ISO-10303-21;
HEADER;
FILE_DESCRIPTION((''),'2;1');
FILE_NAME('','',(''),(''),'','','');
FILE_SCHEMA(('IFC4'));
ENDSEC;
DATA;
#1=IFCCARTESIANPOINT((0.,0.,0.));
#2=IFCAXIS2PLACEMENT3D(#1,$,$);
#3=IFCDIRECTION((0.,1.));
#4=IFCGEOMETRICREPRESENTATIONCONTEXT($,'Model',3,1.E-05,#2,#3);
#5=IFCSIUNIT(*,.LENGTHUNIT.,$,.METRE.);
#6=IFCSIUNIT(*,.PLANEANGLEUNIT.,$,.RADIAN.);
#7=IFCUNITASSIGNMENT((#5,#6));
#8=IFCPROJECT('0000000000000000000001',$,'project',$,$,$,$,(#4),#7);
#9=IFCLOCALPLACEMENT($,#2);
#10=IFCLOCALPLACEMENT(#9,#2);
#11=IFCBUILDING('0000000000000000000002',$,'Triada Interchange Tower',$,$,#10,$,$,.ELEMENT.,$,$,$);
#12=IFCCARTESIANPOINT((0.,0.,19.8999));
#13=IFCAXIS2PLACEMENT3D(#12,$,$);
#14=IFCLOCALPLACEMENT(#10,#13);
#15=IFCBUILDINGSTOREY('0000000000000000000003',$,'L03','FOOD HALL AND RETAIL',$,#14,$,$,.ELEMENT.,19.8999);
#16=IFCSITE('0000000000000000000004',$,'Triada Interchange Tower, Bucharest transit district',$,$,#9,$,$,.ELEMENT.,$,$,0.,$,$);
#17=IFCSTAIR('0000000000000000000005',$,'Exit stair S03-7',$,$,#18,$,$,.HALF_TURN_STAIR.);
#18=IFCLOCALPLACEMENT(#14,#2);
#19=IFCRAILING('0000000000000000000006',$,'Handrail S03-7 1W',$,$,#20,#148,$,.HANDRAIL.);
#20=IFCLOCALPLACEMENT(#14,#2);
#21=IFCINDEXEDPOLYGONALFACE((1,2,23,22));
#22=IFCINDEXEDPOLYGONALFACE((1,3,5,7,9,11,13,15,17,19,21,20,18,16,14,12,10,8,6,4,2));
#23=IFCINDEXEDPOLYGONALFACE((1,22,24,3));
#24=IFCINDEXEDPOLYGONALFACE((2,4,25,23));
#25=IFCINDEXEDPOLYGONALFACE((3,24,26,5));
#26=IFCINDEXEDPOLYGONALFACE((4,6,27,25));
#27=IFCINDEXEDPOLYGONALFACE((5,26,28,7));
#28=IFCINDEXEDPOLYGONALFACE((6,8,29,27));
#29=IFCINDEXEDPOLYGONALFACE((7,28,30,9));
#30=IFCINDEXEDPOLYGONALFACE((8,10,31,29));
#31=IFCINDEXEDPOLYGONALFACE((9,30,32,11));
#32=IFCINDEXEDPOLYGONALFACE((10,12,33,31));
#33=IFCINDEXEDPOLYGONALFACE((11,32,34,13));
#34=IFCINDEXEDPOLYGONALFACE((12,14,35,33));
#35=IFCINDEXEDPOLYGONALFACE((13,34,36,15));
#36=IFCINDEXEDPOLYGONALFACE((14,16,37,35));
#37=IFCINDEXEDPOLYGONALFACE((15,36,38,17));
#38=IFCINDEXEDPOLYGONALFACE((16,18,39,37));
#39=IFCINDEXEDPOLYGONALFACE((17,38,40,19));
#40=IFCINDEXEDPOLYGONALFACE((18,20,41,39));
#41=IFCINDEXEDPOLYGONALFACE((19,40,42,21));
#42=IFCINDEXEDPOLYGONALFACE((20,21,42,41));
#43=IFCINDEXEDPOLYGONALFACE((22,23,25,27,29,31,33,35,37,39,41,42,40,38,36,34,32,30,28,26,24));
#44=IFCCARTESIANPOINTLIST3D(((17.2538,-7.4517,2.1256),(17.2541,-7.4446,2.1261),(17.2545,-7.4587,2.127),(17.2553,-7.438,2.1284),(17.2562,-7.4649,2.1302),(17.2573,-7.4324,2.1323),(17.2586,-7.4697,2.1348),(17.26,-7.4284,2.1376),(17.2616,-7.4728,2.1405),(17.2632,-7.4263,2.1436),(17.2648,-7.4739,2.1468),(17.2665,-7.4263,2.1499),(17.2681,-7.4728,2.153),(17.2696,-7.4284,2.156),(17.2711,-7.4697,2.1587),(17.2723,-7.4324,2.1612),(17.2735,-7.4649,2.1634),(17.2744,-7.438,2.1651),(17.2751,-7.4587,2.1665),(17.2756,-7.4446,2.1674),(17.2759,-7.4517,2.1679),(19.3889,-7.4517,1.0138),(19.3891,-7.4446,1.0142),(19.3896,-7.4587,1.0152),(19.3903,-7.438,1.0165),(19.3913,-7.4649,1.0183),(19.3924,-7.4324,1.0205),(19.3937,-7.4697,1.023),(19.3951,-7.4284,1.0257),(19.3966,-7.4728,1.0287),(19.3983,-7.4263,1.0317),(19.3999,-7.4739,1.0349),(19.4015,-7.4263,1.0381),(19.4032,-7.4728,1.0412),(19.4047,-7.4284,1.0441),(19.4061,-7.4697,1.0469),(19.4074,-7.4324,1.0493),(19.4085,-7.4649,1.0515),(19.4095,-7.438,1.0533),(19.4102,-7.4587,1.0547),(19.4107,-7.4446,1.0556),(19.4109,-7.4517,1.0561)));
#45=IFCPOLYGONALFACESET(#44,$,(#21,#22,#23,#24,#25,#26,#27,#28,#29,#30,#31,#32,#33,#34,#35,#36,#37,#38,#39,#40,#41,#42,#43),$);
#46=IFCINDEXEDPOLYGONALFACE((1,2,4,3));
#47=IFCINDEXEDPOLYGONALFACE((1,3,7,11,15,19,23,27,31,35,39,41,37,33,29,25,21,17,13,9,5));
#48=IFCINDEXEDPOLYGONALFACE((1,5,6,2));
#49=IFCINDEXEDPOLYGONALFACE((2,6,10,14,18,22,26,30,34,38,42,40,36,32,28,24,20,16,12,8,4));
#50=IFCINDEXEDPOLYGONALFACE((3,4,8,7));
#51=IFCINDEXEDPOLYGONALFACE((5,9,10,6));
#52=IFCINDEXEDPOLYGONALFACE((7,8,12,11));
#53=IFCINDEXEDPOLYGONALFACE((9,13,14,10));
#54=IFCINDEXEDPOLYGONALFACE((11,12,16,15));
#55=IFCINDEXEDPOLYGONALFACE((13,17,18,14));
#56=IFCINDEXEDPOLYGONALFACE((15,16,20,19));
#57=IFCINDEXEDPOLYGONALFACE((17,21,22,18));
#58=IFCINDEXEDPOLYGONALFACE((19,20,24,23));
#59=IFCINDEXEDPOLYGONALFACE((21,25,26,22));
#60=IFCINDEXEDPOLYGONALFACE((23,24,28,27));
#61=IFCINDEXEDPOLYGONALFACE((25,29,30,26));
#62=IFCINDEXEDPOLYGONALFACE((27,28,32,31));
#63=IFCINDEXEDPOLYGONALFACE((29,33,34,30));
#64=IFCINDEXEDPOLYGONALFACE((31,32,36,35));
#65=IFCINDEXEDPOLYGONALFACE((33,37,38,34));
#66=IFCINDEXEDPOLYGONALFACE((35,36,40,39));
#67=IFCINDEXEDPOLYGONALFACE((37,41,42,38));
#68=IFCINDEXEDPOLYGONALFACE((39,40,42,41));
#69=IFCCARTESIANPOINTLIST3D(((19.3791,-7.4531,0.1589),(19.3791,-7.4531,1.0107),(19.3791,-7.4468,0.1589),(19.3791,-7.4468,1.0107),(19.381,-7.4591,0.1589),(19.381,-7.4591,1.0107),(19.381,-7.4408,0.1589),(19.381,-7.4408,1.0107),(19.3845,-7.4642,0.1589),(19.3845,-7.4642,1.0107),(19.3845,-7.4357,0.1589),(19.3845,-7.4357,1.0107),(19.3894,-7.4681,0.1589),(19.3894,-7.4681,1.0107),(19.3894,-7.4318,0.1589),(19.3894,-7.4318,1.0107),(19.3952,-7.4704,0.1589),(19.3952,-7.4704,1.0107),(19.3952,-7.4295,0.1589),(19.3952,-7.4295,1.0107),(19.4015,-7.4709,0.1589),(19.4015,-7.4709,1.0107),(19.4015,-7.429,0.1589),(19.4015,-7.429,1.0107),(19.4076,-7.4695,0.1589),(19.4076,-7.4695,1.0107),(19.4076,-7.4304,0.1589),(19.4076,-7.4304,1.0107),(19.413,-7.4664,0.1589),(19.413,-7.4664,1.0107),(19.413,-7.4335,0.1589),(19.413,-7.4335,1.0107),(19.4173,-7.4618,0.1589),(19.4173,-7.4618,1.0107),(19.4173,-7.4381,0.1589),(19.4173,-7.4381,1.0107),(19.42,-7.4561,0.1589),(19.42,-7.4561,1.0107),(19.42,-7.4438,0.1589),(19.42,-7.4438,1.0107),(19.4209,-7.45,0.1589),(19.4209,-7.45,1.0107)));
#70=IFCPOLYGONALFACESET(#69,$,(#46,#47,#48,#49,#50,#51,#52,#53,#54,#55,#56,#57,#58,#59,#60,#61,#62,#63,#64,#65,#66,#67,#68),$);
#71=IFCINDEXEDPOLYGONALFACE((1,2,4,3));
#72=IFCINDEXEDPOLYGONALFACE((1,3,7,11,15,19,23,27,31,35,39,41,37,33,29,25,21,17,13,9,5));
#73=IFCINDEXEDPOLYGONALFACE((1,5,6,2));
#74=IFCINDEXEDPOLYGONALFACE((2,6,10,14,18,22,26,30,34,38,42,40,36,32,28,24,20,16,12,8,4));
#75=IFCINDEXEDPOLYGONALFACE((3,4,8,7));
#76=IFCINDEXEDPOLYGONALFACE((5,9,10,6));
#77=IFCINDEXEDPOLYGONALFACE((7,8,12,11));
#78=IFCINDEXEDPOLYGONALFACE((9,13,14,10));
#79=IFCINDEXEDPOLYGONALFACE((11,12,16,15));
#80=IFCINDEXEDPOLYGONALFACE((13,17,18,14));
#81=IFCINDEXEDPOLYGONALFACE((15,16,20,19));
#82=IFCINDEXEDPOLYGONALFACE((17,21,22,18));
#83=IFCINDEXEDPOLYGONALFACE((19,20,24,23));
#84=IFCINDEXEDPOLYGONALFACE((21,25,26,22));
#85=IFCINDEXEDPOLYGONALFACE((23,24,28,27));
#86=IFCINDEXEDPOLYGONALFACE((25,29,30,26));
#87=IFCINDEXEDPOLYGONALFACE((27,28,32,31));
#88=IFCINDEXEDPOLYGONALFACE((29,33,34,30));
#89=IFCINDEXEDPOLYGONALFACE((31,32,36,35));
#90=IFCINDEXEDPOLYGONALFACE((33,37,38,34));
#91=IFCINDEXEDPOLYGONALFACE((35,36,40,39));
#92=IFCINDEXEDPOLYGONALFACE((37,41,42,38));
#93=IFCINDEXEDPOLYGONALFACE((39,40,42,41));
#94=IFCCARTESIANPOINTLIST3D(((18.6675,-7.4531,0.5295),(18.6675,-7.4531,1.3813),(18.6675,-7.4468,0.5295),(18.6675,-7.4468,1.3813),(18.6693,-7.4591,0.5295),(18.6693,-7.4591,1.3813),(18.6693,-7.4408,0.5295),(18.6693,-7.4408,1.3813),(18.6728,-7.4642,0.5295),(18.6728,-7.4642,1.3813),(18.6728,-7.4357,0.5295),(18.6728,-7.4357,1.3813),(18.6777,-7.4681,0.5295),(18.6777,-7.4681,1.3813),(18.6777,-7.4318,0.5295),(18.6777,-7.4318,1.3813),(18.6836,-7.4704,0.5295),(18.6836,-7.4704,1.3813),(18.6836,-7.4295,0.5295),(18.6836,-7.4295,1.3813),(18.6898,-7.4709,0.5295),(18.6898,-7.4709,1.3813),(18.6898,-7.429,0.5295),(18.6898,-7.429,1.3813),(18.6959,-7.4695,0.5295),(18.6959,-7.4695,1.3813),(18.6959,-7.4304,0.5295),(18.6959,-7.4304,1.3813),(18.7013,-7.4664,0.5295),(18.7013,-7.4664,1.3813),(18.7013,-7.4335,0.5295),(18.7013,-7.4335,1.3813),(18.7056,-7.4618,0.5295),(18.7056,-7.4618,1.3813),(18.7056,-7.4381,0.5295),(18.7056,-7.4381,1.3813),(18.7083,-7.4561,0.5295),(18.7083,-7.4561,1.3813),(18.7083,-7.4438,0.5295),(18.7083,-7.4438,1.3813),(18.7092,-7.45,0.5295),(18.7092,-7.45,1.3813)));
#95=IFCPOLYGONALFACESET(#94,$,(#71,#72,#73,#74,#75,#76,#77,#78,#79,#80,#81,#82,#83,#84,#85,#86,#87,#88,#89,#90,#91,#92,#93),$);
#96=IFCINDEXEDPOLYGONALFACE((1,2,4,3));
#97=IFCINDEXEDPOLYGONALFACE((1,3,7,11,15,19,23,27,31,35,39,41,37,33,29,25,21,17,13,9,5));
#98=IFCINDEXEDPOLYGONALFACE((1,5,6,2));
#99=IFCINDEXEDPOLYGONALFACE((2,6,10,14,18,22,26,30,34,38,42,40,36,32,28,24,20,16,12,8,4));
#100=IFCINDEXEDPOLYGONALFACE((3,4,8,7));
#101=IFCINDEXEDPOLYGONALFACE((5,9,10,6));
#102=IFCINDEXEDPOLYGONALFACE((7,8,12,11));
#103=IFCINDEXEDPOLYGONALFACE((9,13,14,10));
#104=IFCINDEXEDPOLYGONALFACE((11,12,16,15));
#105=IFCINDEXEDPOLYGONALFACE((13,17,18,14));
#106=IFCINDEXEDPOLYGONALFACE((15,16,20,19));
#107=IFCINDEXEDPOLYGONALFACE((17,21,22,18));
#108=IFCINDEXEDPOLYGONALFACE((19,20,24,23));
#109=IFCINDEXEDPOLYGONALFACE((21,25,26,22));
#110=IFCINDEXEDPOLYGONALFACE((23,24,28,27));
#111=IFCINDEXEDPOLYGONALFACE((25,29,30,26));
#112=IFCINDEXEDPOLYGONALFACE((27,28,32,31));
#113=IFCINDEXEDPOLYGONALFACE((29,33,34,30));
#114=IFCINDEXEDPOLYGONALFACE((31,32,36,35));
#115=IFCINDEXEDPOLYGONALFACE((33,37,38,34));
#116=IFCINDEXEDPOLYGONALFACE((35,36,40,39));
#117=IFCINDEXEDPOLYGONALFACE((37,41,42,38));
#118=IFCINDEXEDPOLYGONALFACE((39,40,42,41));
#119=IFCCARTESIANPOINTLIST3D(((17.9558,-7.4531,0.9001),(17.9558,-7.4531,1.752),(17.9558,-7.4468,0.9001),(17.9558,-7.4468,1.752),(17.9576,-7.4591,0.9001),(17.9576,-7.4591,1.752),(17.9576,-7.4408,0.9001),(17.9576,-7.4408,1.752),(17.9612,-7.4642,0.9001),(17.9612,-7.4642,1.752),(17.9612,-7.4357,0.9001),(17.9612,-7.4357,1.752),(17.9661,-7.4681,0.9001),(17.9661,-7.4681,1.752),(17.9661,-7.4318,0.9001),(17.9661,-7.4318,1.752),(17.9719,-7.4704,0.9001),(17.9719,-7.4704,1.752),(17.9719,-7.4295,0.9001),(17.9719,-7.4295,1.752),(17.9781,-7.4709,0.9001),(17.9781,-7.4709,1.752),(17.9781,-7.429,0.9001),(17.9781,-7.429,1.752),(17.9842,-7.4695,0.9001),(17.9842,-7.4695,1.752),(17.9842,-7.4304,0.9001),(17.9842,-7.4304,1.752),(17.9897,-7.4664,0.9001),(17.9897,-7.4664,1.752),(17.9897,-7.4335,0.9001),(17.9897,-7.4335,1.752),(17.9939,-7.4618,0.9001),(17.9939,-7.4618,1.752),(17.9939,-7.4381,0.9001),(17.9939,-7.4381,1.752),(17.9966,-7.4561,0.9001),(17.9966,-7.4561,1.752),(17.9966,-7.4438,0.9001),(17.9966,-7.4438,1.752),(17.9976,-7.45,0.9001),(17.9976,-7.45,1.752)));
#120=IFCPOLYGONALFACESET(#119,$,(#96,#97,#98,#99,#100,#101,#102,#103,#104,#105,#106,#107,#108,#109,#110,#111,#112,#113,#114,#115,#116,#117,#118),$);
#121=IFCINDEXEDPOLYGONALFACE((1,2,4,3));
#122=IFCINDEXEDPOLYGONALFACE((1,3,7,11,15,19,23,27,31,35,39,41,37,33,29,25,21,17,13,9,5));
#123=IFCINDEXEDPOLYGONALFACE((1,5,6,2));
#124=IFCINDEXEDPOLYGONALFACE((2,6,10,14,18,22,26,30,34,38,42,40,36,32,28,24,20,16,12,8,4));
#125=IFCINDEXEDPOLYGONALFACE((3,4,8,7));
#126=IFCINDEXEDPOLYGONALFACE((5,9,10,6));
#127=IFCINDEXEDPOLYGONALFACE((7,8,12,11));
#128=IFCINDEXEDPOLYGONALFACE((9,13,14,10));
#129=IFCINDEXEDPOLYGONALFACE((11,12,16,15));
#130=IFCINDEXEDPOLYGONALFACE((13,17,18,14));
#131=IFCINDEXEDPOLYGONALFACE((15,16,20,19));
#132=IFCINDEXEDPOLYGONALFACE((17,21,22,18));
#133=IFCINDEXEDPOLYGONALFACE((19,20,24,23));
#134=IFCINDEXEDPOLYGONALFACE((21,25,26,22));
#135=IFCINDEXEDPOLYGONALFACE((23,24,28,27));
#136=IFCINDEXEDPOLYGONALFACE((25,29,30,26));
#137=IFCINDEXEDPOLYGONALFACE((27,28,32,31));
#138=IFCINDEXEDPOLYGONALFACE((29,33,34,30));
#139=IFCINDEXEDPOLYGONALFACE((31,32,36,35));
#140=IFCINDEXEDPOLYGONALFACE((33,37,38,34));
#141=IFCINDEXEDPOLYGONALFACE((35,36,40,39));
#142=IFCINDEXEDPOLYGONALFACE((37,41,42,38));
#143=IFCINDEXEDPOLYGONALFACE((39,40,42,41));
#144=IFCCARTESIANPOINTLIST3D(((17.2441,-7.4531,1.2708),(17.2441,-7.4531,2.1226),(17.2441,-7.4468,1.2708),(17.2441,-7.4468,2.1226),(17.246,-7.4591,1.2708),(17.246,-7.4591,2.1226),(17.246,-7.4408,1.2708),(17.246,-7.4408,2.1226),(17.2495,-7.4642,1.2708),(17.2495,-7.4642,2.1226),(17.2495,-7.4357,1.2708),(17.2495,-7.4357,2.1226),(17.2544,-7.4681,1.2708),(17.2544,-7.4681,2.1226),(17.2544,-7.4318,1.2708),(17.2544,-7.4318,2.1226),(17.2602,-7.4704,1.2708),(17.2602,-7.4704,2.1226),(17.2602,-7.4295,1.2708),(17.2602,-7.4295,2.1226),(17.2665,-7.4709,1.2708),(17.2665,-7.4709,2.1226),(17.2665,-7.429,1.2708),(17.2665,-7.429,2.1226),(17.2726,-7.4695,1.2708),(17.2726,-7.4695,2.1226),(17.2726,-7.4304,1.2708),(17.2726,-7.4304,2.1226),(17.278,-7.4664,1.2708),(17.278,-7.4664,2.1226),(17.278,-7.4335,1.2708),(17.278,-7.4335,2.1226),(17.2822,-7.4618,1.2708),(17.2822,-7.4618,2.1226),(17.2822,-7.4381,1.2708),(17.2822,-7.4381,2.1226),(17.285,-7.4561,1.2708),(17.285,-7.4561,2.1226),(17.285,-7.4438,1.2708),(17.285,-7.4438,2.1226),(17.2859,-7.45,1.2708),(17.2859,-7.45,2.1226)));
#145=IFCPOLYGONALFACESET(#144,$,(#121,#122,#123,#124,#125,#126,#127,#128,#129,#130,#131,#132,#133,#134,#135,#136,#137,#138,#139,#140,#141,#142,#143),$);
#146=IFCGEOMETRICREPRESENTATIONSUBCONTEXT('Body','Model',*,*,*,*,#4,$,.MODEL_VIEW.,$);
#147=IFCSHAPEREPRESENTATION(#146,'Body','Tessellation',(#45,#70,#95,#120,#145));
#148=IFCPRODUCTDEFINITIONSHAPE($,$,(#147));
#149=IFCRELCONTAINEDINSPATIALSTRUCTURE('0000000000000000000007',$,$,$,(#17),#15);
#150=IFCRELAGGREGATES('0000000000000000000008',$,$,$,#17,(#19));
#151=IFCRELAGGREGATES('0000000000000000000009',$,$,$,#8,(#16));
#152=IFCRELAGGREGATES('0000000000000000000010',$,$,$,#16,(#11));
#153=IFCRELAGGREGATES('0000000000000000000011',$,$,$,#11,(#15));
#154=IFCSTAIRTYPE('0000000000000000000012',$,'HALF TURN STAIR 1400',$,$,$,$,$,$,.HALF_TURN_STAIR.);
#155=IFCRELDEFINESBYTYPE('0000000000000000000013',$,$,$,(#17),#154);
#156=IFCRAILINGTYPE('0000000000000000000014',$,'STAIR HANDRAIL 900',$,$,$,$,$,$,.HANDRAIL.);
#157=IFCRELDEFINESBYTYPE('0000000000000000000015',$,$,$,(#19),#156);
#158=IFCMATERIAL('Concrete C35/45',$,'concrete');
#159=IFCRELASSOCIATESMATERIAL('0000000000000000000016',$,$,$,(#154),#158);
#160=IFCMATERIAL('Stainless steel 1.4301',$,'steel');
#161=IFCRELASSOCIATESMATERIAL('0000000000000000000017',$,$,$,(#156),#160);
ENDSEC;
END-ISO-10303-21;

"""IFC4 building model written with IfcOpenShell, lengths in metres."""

from ifc_helpers import new_model, si_unit, direction, frame, origin, origin_2d, place, context, subcontext, project, spatial, circle, extrude, material, type_object, element, aggregate, save


model = new_model("IFC4")

# Units and contexts
model_context = context("Model", 3, precision=1e-05, world=origin(), true_north=direction((0.0, 1.0)))
body_context = subcontext(model_context, "Body", "Model", "MODEL_VIEW")
ifc_project = project(units=[si_unit("LENGTHUNIT", "METRE"), si_unit("PLANEANGLEUNIT", "RADIAN")], contexts=[model_context])

# Site, building, storey
site_placement = place(None, origin())
site = spatial("IfcSite", under=ifc_project, at=site_placement, Name="Triada Interchange Tower, Bucharest transit district", CompositionType="ELEMENT", RefElevation=0.0)
building_placement = place(site_placement, origin())
building = spatial("IfcBuilding", under=site, at=building_placement, Name="Triada Interchange Tower", CompositionType="ELEMENT")
storey_placement = place(building_placement, frame((0.0, 0.0, 19.8999)))
storey = spatial("IfcBuildingStorey", under=building, at=storey_placement, Name="L03", Description="FOOD HALL AND RETAIL", CompositionType="ELEMENT", Elevation=19.8999)

# Shared definitions
ifc_material_1 = material(Name="Concrete C35/45", Category="concrete")

# Stair, railing
stair_type = type_object("IfcStairType", Name="HALF TURN STAIR 1400", PredefinedType="HALF_TURN_STAIR", material=ifc_material_1)
stair_placement = place(storey_placement, origin())
stair = element("IfcStair", 1, at=stair_placement, inside=storey, type_object=stair_type, Name="Exit stair S03-7", PredefinedType="HALF_TURN_STAIR")
ifc_material_2 = material(Name="Stainless steel 1.4301", Category="steel")
railing_type_1 = type_object("IfcRailingType", Name="STAIR HANDRAIL 900", PredefinedType="HANDRAIL", material=ifc_material_2)
railing_1_placement = place(storey_placement, frame((19.3999, -7.45, 0.1589)))
railing_1 = element("IfcRailing", 2, at=railing_1_placement, type_object=railing_type_1, Name="Handrail S03-7 1W", PredefinedType="HANDRAIL", context=body_context, shape_type="SweptSolid", body=[
    extrude(circle(Radius=0.0239, at=origin_2d()), frame((0.0, 0.0, 0.876), z_axis=(-0.886943, 0.0, 0.46188), x_axis=(0.0, -1.0, 0.0)), (0.0, 0.0, 1.0), 2.4072),
    extrude(circle(Radius=0.021, at=origin_2d()), origin(), (0.0, 0.0, 1.0), 0.8518),
    extrude(circle(Radius=0.021, at=origin_2d()), frame((-0.7117, 0.0, 0.3706)), (0.0, 0.0, 1.0), 0.8518),
    extrude(circle(Radius=0.021, at=origin_2d()), frame((-1.4233, 0.0, 0.7412)), (0.0, 0.0, 1.0), 0.8518),
    extrude(circle(Radius=0.021, at=origin_2d()), frame((-2.135, 0.0, 1.1118)), (0.0, 0.0, 1.0), 0.8518),
])
aggregate(stair, [railing_1])

save(model, "model.ifc")
